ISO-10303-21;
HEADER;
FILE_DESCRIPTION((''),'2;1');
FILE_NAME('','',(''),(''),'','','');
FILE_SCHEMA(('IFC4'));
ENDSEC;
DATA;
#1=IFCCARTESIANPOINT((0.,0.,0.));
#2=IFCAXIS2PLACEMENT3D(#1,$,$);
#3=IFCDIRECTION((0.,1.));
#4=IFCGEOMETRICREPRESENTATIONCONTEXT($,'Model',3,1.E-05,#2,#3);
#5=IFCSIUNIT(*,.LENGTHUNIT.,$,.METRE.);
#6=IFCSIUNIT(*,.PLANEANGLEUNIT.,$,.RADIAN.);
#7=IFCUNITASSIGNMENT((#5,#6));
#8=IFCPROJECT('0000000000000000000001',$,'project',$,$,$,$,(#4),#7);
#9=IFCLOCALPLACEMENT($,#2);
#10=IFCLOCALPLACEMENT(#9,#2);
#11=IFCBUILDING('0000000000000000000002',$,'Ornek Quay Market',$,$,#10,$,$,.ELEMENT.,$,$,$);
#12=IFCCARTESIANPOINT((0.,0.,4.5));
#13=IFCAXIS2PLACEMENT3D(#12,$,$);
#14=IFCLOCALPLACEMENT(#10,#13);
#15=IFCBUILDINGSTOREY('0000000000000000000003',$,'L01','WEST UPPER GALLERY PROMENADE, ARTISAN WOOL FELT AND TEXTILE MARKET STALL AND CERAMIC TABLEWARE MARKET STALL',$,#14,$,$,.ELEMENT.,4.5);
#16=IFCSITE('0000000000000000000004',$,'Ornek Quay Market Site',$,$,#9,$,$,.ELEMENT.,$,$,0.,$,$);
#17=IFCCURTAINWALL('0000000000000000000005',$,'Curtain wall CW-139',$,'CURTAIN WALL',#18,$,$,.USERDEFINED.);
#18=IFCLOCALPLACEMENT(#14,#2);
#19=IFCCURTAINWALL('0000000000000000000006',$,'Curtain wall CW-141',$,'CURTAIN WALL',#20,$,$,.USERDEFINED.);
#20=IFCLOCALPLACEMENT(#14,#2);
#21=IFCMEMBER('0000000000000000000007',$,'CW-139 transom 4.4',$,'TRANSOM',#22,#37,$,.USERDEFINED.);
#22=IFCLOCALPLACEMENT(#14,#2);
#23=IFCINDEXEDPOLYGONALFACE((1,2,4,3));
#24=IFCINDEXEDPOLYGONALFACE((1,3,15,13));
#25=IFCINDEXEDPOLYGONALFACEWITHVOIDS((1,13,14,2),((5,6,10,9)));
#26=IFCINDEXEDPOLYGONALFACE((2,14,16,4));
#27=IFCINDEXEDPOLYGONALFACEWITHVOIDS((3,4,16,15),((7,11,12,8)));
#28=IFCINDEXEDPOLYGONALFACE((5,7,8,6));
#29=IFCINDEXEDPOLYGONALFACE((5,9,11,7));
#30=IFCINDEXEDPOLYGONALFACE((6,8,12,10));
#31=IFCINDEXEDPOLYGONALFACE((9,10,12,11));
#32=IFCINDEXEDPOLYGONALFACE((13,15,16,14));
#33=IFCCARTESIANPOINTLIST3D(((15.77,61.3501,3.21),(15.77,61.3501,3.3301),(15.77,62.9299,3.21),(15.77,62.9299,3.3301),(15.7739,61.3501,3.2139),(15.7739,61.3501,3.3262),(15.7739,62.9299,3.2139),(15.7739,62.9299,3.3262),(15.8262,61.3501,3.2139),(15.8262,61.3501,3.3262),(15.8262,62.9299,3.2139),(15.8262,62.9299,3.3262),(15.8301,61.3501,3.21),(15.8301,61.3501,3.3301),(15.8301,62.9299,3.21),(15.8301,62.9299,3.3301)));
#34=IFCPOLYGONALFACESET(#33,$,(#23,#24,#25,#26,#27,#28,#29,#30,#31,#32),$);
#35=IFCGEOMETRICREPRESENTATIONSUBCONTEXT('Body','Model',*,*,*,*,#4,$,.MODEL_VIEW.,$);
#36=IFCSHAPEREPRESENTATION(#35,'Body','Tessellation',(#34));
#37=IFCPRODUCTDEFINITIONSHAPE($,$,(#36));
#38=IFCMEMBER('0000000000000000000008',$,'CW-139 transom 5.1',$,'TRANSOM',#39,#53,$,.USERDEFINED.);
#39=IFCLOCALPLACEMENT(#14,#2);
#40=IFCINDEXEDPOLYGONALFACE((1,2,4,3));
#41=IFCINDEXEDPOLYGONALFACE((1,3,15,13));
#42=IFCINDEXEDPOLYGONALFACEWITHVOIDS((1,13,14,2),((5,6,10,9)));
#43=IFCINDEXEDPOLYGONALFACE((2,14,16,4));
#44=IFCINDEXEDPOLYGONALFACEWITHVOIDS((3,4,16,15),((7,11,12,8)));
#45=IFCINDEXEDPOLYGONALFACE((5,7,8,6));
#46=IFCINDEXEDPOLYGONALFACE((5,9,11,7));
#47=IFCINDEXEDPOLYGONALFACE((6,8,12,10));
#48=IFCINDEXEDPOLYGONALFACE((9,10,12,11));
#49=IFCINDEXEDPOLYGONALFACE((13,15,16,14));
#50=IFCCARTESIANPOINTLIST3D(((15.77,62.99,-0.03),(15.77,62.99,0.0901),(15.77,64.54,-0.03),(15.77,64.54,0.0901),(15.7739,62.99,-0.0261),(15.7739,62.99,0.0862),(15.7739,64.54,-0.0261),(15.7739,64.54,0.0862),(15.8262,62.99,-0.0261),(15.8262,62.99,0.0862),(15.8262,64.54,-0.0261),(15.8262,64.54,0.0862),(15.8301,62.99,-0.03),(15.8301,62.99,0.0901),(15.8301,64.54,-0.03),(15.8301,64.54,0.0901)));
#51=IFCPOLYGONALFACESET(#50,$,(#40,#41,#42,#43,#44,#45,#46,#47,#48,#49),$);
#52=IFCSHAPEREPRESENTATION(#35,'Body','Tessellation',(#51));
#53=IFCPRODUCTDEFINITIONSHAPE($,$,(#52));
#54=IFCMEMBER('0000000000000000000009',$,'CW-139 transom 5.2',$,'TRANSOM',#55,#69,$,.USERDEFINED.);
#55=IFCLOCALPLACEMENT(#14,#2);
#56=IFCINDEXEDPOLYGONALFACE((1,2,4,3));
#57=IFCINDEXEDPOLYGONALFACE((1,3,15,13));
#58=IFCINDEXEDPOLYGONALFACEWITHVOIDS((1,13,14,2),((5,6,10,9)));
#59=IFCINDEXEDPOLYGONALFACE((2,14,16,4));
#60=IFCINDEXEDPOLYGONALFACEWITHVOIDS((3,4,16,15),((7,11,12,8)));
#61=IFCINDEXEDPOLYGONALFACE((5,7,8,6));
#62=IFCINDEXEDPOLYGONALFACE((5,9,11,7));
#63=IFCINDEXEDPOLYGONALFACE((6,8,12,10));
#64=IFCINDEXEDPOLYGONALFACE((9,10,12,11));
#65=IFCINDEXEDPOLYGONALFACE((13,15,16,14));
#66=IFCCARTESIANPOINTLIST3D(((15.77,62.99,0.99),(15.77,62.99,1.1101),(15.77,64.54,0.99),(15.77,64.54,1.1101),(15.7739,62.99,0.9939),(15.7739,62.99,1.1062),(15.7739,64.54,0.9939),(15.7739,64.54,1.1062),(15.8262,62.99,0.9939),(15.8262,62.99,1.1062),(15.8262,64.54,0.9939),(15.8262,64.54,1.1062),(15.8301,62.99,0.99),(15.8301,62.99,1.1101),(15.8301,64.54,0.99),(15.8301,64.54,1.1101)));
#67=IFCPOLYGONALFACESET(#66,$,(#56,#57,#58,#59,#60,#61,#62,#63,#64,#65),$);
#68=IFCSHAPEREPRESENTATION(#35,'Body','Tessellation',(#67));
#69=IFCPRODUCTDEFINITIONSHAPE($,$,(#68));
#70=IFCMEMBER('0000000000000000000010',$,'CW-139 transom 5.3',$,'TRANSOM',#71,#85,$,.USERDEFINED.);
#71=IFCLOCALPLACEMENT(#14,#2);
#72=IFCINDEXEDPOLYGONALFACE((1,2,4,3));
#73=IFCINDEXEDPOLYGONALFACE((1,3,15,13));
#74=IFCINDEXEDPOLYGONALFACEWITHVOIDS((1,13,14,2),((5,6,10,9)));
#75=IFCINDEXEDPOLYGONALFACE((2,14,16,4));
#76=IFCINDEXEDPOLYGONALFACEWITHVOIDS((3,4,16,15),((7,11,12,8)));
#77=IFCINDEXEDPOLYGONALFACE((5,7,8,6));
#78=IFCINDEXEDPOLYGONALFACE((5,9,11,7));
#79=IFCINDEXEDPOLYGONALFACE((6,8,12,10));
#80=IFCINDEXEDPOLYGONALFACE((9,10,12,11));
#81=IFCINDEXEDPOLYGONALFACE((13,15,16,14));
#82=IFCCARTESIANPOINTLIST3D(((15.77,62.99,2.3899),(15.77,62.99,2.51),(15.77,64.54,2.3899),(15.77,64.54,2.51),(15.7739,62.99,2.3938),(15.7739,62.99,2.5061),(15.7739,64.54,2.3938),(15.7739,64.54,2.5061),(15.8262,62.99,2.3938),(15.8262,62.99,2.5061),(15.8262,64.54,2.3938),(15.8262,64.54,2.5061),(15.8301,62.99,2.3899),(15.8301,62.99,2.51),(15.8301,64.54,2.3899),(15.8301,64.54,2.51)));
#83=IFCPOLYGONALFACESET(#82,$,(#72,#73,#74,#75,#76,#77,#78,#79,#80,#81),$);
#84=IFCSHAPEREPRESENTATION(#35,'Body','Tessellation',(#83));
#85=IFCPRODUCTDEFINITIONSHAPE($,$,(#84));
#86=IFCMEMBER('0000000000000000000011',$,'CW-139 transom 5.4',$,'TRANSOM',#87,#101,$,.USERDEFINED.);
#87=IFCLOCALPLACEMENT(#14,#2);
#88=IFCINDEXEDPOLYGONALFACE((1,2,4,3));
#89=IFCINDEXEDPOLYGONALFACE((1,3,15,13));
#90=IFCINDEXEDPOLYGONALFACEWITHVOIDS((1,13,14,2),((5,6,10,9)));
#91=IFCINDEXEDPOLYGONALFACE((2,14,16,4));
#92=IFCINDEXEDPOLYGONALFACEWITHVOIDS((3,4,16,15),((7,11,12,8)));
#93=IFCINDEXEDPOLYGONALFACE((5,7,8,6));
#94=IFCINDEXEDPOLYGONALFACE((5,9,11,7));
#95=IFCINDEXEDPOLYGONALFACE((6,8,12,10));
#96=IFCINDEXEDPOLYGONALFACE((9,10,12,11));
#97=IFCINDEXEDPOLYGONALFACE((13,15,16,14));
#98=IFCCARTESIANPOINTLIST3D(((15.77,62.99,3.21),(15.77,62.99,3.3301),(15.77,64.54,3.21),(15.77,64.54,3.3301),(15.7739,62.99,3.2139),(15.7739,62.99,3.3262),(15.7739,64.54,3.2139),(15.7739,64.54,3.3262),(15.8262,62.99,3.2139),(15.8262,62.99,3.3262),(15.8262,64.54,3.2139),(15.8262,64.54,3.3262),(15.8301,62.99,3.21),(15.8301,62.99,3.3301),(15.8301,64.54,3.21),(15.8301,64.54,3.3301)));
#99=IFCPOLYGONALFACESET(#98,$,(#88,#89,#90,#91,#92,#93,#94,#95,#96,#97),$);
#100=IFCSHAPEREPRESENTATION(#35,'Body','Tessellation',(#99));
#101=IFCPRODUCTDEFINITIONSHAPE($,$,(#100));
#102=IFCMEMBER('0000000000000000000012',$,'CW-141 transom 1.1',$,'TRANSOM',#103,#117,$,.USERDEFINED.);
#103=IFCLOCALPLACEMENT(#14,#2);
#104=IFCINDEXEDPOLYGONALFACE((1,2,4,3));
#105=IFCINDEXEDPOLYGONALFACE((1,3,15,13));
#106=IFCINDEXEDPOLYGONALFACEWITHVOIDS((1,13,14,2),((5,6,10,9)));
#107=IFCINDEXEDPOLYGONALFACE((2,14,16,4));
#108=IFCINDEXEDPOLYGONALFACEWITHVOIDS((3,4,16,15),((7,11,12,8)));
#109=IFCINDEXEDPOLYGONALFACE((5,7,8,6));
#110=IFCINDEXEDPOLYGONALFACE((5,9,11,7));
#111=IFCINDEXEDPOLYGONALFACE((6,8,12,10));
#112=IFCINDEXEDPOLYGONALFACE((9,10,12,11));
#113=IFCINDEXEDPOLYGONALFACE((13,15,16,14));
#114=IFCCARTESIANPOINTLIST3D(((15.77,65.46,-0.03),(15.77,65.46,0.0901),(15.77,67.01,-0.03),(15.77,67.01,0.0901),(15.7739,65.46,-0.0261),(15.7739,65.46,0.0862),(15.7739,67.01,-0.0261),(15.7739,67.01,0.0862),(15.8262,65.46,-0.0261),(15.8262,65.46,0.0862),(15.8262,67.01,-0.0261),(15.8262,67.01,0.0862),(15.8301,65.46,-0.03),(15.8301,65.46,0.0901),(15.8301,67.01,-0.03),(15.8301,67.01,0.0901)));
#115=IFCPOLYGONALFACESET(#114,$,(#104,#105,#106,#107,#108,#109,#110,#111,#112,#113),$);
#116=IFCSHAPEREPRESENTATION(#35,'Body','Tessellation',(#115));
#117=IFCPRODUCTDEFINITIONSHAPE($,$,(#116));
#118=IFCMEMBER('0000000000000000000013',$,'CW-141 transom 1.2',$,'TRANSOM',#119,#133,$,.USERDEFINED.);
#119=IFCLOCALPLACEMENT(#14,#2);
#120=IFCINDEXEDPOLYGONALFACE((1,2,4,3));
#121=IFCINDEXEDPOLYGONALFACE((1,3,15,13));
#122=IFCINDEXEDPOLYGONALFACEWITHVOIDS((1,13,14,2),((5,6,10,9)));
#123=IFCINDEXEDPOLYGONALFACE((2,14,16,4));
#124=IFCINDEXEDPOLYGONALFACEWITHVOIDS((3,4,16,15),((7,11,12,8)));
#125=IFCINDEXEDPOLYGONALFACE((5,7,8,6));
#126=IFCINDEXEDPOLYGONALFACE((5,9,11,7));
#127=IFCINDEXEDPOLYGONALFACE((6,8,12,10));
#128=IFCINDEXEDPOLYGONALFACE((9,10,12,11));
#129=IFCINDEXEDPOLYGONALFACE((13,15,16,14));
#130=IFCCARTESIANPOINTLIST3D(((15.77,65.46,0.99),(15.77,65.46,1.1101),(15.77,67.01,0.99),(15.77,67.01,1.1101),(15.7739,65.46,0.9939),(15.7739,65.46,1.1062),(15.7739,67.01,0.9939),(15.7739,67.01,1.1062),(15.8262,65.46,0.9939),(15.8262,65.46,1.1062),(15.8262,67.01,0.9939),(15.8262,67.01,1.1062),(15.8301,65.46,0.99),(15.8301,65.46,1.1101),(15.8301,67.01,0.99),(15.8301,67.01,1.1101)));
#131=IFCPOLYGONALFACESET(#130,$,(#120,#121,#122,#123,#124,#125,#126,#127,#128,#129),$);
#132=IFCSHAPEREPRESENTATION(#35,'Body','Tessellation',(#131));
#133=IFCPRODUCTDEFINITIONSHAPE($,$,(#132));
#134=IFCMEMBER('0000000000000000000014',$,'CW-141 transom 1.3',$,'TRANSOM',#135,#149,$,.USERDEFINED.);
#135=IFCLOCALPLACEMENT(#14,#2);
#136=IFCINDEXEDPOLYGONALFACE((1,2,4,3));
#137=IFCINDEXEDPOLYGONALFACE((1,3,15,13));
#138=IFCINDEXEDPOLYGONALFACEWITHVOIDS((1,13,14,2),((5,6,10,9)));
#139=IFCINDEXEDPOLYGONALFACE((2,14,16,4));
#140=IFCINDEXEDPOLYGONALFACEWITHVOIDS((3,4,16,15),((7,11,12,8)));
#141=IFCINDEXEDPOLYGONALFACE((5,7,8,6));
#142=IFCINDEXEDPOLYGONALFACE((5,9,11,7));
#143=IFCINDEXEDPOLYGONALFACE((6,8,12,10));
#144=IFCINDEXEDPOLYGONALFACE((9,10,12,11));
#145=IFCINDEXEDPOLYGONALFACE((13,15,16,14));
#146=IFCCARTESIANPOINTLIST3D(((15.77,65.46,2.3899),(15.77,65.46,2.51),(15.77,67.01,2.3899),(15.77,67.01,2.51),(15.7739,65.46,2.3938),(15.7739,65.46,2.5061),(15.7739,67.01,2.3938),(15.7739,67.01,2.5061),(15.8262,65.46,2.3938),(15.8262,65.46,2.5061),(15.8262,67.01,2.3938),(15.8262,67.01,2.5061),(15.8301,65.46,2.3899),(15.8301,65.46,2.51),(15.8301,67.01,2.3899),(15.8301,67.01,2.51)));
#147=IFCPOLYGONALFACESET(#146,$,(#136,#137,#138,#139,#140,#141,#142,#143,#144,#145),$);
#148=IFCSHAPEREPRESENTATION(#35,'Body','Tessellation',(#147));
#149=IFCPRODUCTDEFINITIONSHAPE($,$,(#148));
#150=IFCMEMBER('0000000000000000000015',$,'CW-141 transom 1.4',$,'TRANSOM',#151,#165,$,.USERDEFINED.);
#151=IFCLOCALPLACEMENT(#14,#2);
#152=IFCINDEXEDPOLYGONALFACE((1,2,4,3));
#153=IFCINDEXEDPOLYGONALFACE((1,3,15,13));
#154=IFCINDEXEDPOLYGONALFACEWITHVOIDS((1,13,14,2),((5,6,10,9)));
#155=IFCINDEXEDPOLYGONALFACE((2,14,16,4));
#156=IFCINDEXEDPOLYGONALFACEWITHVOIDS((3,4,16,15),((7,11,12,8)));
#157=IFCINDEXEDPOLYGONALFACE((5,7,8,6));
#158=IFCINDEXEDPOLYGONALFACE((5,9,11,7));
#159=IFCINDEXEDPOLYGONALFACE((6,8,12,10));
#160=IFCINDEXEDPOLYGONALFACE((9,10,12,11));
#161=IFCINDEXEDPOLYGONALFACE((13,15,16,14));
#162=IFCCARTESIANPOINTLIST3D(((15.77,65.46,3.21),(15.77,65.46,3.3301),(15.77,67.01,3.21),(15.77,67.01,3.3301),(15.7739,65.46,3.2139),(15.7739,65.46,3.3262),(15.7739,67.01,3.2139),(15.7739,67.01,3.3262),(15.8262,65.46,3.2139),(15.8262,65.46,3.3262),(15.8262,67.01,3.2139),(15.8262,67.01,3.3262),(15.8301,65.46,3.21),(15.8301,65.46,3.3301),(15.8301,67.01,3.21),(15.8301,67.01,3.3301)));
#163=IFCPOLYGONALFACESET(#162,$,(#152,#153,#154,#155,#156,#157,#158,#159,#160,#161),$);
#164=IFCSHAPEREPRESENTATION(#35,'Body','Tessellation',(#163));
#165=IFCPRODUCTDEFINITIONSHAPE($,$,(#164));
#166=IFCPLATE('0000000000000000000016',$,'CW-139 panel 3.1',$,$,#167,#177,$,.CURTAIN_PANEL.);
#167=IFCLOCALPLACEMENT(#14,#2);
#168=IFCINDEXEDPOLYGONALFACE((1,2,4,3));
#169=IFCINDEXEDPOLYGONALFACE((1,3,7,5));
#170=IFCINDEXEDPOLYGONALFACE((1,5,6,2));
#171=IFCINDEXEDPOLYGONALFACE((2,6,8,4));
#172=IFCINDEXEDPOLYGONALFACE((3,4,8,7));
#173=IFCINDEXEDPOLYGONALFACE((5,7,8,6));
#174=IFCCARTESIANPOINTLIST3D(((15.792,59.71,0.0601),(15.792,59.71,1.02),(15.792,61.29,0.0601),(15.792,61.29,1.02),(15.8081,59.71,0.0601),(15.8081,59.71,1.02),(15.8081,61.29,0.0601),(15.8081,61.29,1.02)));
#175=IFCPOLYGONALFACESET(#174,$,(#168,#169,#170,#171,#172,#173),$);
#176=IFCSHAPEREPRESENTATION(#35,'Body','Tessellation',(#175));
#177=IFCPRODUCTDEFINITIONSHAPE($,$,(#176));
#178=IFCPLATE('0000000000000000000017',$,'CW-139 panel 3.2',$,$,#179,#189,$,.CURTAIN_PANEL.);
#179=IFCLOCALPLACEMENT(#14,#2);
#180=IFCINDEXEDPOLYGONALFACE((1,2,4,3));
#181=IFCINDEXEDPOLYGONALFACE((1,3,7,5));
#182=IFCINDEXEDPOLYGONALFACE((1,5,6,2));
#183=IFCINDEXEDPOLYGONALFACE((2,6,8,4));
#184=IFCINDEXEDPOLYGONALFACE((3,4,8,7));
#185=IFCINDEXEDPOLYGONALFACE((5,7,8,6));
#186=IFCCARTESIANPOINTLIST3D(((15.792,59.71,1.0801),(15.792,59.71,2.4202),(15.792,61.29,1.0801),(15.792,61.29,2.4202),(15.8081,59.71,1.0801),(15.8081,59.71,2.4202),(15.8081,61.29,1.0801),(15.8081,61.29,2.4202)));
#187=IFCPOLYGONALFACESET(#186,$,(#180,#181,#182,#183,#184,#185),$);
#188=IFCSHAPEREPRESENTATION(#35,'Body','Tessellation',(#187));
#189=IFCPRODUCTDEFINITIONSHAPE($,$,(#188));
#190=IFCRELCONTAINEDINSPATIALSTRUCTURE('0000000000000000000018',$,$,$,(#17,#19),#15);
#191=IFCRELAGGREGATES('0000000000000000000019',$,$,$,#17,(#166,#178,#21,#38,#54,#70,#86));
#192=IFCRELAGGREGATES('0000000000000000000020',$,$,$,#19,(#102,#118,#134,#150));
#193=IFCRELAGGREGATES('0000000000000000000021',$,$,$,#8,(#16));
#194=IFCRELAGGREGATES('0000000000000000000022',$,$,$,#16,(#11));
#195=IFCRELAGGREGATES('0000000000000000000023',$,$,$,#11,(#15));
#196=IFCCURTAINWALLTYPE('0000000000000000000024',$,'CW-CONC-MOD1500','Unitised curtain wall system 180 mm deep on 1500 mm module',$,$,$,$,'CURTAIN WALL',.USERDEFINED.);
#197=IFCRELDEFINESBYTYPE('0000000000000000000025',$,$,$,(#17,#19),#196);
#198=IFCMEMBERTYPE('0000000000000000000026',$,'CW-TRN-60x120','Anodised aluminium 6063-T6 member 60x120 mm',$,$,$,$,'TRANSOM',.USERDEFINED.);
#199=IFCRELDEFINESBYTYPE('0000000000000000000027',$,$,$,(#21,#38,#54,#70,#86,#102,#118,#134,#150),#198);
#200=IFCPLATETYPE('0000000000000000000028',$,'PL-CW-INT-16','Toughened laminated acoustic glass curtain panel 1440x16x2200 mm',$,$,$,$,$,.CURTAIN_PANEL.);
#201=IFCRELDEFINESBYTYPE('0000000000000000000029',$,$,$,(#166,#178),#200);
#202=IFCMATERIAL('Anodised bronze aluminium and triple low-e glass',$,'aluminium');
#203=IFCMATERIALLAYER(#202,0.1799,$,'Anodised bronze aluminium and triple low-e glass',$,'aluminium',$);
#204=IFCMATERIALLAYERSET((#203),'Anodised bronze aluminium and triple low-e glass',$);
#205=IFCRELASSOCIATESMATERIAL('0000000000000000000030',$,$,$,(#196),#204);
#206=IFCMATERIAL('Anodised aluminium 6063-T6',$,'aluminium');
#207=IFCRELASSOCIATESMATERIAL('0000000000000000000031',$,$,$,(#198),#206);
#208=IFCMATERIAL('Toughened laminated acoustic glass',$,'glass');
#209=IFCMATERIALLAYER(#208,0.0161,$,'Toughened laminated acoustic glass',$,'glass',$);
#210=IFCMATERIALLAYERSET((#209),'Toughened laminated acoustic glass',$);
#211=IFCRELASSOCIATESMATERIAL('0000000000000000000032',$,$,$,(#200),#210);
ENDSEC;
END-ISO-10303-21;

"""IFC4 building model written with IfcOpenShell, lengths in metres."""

from ifc_helpers import new_model, si_unit, direction, frame, origin, origin_2d, place, context, subcontext, project, spatial, rectangle, hollow_rectangle, extrude, material, layer, layer_set, material_profile, profile_set, type_object, element, aggregate, save


model = new_model("IFC4")

# Units and contexts
model_context = context("Model", 3, precision=1e-05, world=origin(), true_north=direction((0.0, 1.0)))
body_context = subcontext(model_context, "Body", "Model", "MODEL_VIEW")
ifc_project = project(units=[si_unit("LENGTHUNIT", "METRE"), si_unit("PLANEANGLEUNIT", "RADIAN")], contexts=[model_context])

# Site, building, storey
site_placement = place(None, origin())
site = spatial("IfcSite", under=ifc_project, at=site_placement, Name="Ornek Quay Market Site", CompositionType="ELEMENT", RefElevation=0.0)
building_placement = place(site_placement, origin())
building = spatial("IfcBuilding", under=site, at=building_placement, Name="Ornek Quay Market", CompositionType="ELEMENT")
storey_placement = place(building_placement, frame((0.0, 0.0, 4.5)))
storey = spatial("IfcBuildingStorey", under=building, at=storey_placement, Name="L01", Description="WEST UPPER GALLERY PROMENADE, ARTISAN WOOL FELT AND TEXTILE MARKET STALL AND CERAMIC TABLEWARE MARKET STALL", CompositionType="ELEMENT", Elevation=4.5)

# Curtain wall
ifc_material_1 = material(Name="Anodised bronze aluminium and triple low-e glass", Category="aluminium")
ifc_layer_1 = layer(ifc_material_1, 0.1799, Name="Anodised bronze aluminium and triple low-e glass", Category="aluminium")
ifc_layer_set_1 = layer_set([ifc_layer_1], Name="Anodised bronze aluminium and triple low-e glass")
curtain_wall_type = type_object("IfcCurtainWallType", Name="CW-CONC-MOD1500", Description="Unitised curtain wall system 180 mm deep on 1500 mm module", ElementType="CURTAIN WALL", PredefinedType="USERDEFINED", material=ifc_layer_set_1)
curtain_wall_1_placement = place(storey_placement, origin())
curtain_wall_1 = element("IfcCurtainWall", 1, at=curtain_wall_1_placement, inside=storey, type_object=curtain_wall_type, Name="Curtain wall CW-139", ObjectType="CURTAIN WALL", PredefinedType="USERDEFINED")
ifc_material_2 = material(Name="Anodised aluminium 6063-T6", Category="aluminium")

# Curtain wall
curtain_wall_2_placement = place(storey_placement, origin())
curtain_wall_2 = element("IfcCurtainWall", 2, at=curtain_wall_2_placement, inside=storey, type_object=curtain_wall_type, Name="Curtain wall CW-141", ObjectType="CURTAIN WALL", PredefinedType="USERDEFINED")

# Members
ifc_material_profile_1 = material_profile(ifc_material_2, hollow_rectangle(XDim=0.0601, YDim=0.1201, WallThickness=0.0039, at=origin_2d()), Name="CW-TRN-60x120", Category="aluminium")
ifc_profile_set_1 = profile_set([ifc_material_profile_1], Name="Anodised aluminium 6063-T6")
member_type_1 = type_object("IfcMemberType", Name="CW-TRN-60x120", Description="Anodised aluminium 6063-T6 member 60x120 mm", ElementType="TRANSOM", PredefinedType="USERDEFINED", material=ifc_profile_set_1)
member_1_placement = place(storey_placement, frame((15.8, 61.3501, 3.27), z_axis=(0.0, 1.0, 0.0), x_axis=(-1.0, 0.0, 0.0)))
member_1 = element("IfcMember", 3, at=member_1_placement, type_object=member_type_1, Name="CW-139 transom 4.4", ObjectType="TRANSOM", PredefinedType="USERDEFINED", context=body_context, shape_type="SweptSolid", body=[
    extrude(hollow_rectangle(XDim=0.0601, YDim=0.1201, WallThickness=0.0039, at=origin_2d()), origin(), (0.0, 0.0, 1.0), 1.5798),
])
member_2_placement = place(storey_placement, frame((15.8, 62.99, 0.03), z_axis=(0.0, 1.0, 0.0), x_axis=(-1.0, 0.0, 0.0)))
member_2 = element("IfcMember", 4, at=member_2_placement, type_object=member_type_1, Name="CW-139 transom 5.1", ObjectType="TRANSOM", PredefinedType="USERDEFINED", context=body_context, shape_type="SweptSolid", body=[
    extrude(hollow_rectangle(XDim=0.0601, YDim=0.1201, WallThickness=0.0039, at=origin_2d()), origin(), (0.0, 0.0, 1.0), 1.55),
])
member_3_placement = place(storey_placement, frame((15.8, 62.99, 1.05), z_axis=(0.0, 1.0, 0.0), x_axis=(-1.0, 0.0, 0.0)))
member_3 = element("IfcMember", 5, at=member_3_placement, type_object=member_type_1, Name="CW-139 transom 5.2", ObjectType="TRANSOM", PredefinedType="USERDEFINED", context=body_context, shape_type="SweptSolid", body=[
    extrude(hollow_rectangle(XDim=0.0601, YDim=0.1201, WallThickness=0.0039, at=origin_2d()), origin(), (0.0, 0.0, 1.0), 1.55),
])
member_4_placement = place(storey_placement, frame((15.8, 62.99, 2.45), z_axis=(0.0, 1.0, 0.0), x_axis=(-1.0, 0.0, 0.0)))
member_4 = element("IfcMember", 6, at=member_4_placement, type_object=member_type_1, Name="CW-139 transom 5.3", ObjectType="TRANSOM", PredefinedType="USERDEFINED", context=body_context, shape_type="SweptSolid", body=[
    extrude(hollow_rectangle(XDim=0.0601, YDim=0.1201, WallThickness=0.0039, at=origin_2d()), origin(), (0.0, 0.0, 1.0), 1.55),
])
member_5_placement = place(storey_placement, frame((15.8, 62.99, 3.27), z_axis=(0.0, 1.0, 0.0), x_axis=(-1.0, 0.0, 0.0)))
member_5 = element("IfcMember", 7, at=member_5_placement, type_object=member_type_1, Name="CW-139 transom 5.4", ObjectType="TRANSOM", PredefinedType="USERDEFINED", context=body_context, shape_type="SweptSolid", body=[
    extrude(hollow_rectangle(XDim=0.0601, YDim=0.1201, WallThickness=0.0039, at=origin_2d()), origin(), (0.0, 0.0, 1.0), 1.55),
])
member_6_placement = place(storey_placement, frame((15.8, 65.46, 0.03), z_axis=(0.0, 1.0, 0.0), x_axis=(-1.0, 0.0, 0.0)))
member_6 = element("IfcMember", 8, at=member_6_placement, type_object=member_type_1, Name="CW-141 transom 1.1", ObjectType="TRANSOM", PredefinedType="USERDEFINED", context=body_context, shape_type="SweptSolid", body=[
    extrude(hollow_rectangle(XDim=0.0601, YDim=0.1201, WallThickness=0.0039, at=origin_2d()), origin(), (0.0, 0.0, 1.0), 1.55),
])
member_7_placement = place(storey_placement, frame((15.8, 65.46, 1.05), z_axis=(0.0, 1.0, 0.0), x_axis=(-1.0, 0.0, 0.0)))
member_7 = element("IfcMember", 9, at=member_7_placement, type_object=member_type_1, Name="CW-141 transom 1.2", ObjectType="TRANSOM", PredefinedType="USERDEFINED", context=body_context, shape_type="SweptSolid", body=[
    extrude(hollow_rectangle(XDim=0.0601, YDim=0.1201, WallThickness=0.0039, at=origin_2d()), origin(), (0.0, 0.0, 1.0), 1.55),
])
member_8_placement = place(storey_placement, frame((15.8, 65.46, 2.45), z_axis=(0.0, 1.0, 0.0), x_axis=(-1.0, 0.0, 0.0)))
member_8 = element("IfcMember", 10, at=member_8_placement, type_object=member_type_1, Name="CW-141 transom 1.3", ObjectType="TRANSOM", PredefinedType="USERDEFINED", context=body_context, shape_type="SweptSolid", body=[
    extrude(hollow_rectangle(XDim=0.0601, YDim=0.1201, WallThickness=0.0039, at=origin_2d()), origin(), (0.0, 0.0, 1.0), 1.55),
])
member_9_placement = place(storey_placement, frame((15.8, 65.46, 3.27), z_axis=(0.0, 1.0, 0.0), x_axis=(-1.0, 0.0, 0.0)))
member_9 = element("IfcMember", 11, at=member_9_placement, type_object=member_type_1, Name="CW-141 transom 1.4", ObjectType="TRANSOM", PredefinedType="USERDEFINED", context=body_context, shape_type="SweptSolid", body=[
    extrude(hollow_rectangle(XDim=0.0601, YDim=0.1201, WallThickness=0.0039, at=origin_2d()), origin(), (0.0, 0.0, 1.0), 1.55),
])

# Plates
ifc_material_3 = material(Name="Toughened laminated acoustic glass", Category="glass")
ifc_layer_2 = layer(ifc_material_3, 0.0161, Name="Toughened laminated acoustic glass", Category="glass")
ifc_layer_set_2 = layer_set([ifc_layer_2], Name="Toughened laminated acoustic glass")
plate_type = type_object("IfcPlateType", Name="PL-CW-INT-16", Description="Toughened laminated acoustic glass curtain panel 1440x16x2200 mm", PredefinedType="CURTAIN_PANEL", material=ifc_layer_set_2)
plate_1_placement = place(storey_placement, frame((15.8, 60.5, 0.0601), z_axis=(0.0, 0.0, 1.0), x_axis=(0.0, 1.0, 0.0)))
plate_1 = element("IfcPlate", 12, at=plate_1_placement, type_object=plate_type, Name="CW-139 panel 3.1", PredefinedType="CURTAIN_PANEL", context=body_context, shape_type="SweptSolid", body=[
    extrude(rectangle(XDim=1.5801, YDim=0.0161, at=origin_2d()), origin(), (0.0, 0.0, 1.0), 0.96),
])
plate_2_placement = place(storey_placement, frame((15.8, 60.5, 1.0801), z_axis=(0.0, 0.0, 1.0), x_axis=(0.0, 1.0, 0.0)))
plate_2 = element("IfcPlate", 13, at=plate_2_placement, type_object=plate_type, Name="CW-139 panel 3.2", PredefinedType="CURTAIN_PANEL", context=body_context, shape_type="SweptSolid", body=[
    extrude(rectangle(XDim=1.5801, YDim=0.0161, at=origin_2d()), origin(), (0.0, 0.0, 1.0), 1.3401),
])
aggregate(curtain_wall_1, [plate_1, plate_2, member_1, member_2, member_3, member_4, member_5])
aggregate(curtain_wall_2, [member_6, member_7, member_8, member_9])

save(model, "model.ifc")
